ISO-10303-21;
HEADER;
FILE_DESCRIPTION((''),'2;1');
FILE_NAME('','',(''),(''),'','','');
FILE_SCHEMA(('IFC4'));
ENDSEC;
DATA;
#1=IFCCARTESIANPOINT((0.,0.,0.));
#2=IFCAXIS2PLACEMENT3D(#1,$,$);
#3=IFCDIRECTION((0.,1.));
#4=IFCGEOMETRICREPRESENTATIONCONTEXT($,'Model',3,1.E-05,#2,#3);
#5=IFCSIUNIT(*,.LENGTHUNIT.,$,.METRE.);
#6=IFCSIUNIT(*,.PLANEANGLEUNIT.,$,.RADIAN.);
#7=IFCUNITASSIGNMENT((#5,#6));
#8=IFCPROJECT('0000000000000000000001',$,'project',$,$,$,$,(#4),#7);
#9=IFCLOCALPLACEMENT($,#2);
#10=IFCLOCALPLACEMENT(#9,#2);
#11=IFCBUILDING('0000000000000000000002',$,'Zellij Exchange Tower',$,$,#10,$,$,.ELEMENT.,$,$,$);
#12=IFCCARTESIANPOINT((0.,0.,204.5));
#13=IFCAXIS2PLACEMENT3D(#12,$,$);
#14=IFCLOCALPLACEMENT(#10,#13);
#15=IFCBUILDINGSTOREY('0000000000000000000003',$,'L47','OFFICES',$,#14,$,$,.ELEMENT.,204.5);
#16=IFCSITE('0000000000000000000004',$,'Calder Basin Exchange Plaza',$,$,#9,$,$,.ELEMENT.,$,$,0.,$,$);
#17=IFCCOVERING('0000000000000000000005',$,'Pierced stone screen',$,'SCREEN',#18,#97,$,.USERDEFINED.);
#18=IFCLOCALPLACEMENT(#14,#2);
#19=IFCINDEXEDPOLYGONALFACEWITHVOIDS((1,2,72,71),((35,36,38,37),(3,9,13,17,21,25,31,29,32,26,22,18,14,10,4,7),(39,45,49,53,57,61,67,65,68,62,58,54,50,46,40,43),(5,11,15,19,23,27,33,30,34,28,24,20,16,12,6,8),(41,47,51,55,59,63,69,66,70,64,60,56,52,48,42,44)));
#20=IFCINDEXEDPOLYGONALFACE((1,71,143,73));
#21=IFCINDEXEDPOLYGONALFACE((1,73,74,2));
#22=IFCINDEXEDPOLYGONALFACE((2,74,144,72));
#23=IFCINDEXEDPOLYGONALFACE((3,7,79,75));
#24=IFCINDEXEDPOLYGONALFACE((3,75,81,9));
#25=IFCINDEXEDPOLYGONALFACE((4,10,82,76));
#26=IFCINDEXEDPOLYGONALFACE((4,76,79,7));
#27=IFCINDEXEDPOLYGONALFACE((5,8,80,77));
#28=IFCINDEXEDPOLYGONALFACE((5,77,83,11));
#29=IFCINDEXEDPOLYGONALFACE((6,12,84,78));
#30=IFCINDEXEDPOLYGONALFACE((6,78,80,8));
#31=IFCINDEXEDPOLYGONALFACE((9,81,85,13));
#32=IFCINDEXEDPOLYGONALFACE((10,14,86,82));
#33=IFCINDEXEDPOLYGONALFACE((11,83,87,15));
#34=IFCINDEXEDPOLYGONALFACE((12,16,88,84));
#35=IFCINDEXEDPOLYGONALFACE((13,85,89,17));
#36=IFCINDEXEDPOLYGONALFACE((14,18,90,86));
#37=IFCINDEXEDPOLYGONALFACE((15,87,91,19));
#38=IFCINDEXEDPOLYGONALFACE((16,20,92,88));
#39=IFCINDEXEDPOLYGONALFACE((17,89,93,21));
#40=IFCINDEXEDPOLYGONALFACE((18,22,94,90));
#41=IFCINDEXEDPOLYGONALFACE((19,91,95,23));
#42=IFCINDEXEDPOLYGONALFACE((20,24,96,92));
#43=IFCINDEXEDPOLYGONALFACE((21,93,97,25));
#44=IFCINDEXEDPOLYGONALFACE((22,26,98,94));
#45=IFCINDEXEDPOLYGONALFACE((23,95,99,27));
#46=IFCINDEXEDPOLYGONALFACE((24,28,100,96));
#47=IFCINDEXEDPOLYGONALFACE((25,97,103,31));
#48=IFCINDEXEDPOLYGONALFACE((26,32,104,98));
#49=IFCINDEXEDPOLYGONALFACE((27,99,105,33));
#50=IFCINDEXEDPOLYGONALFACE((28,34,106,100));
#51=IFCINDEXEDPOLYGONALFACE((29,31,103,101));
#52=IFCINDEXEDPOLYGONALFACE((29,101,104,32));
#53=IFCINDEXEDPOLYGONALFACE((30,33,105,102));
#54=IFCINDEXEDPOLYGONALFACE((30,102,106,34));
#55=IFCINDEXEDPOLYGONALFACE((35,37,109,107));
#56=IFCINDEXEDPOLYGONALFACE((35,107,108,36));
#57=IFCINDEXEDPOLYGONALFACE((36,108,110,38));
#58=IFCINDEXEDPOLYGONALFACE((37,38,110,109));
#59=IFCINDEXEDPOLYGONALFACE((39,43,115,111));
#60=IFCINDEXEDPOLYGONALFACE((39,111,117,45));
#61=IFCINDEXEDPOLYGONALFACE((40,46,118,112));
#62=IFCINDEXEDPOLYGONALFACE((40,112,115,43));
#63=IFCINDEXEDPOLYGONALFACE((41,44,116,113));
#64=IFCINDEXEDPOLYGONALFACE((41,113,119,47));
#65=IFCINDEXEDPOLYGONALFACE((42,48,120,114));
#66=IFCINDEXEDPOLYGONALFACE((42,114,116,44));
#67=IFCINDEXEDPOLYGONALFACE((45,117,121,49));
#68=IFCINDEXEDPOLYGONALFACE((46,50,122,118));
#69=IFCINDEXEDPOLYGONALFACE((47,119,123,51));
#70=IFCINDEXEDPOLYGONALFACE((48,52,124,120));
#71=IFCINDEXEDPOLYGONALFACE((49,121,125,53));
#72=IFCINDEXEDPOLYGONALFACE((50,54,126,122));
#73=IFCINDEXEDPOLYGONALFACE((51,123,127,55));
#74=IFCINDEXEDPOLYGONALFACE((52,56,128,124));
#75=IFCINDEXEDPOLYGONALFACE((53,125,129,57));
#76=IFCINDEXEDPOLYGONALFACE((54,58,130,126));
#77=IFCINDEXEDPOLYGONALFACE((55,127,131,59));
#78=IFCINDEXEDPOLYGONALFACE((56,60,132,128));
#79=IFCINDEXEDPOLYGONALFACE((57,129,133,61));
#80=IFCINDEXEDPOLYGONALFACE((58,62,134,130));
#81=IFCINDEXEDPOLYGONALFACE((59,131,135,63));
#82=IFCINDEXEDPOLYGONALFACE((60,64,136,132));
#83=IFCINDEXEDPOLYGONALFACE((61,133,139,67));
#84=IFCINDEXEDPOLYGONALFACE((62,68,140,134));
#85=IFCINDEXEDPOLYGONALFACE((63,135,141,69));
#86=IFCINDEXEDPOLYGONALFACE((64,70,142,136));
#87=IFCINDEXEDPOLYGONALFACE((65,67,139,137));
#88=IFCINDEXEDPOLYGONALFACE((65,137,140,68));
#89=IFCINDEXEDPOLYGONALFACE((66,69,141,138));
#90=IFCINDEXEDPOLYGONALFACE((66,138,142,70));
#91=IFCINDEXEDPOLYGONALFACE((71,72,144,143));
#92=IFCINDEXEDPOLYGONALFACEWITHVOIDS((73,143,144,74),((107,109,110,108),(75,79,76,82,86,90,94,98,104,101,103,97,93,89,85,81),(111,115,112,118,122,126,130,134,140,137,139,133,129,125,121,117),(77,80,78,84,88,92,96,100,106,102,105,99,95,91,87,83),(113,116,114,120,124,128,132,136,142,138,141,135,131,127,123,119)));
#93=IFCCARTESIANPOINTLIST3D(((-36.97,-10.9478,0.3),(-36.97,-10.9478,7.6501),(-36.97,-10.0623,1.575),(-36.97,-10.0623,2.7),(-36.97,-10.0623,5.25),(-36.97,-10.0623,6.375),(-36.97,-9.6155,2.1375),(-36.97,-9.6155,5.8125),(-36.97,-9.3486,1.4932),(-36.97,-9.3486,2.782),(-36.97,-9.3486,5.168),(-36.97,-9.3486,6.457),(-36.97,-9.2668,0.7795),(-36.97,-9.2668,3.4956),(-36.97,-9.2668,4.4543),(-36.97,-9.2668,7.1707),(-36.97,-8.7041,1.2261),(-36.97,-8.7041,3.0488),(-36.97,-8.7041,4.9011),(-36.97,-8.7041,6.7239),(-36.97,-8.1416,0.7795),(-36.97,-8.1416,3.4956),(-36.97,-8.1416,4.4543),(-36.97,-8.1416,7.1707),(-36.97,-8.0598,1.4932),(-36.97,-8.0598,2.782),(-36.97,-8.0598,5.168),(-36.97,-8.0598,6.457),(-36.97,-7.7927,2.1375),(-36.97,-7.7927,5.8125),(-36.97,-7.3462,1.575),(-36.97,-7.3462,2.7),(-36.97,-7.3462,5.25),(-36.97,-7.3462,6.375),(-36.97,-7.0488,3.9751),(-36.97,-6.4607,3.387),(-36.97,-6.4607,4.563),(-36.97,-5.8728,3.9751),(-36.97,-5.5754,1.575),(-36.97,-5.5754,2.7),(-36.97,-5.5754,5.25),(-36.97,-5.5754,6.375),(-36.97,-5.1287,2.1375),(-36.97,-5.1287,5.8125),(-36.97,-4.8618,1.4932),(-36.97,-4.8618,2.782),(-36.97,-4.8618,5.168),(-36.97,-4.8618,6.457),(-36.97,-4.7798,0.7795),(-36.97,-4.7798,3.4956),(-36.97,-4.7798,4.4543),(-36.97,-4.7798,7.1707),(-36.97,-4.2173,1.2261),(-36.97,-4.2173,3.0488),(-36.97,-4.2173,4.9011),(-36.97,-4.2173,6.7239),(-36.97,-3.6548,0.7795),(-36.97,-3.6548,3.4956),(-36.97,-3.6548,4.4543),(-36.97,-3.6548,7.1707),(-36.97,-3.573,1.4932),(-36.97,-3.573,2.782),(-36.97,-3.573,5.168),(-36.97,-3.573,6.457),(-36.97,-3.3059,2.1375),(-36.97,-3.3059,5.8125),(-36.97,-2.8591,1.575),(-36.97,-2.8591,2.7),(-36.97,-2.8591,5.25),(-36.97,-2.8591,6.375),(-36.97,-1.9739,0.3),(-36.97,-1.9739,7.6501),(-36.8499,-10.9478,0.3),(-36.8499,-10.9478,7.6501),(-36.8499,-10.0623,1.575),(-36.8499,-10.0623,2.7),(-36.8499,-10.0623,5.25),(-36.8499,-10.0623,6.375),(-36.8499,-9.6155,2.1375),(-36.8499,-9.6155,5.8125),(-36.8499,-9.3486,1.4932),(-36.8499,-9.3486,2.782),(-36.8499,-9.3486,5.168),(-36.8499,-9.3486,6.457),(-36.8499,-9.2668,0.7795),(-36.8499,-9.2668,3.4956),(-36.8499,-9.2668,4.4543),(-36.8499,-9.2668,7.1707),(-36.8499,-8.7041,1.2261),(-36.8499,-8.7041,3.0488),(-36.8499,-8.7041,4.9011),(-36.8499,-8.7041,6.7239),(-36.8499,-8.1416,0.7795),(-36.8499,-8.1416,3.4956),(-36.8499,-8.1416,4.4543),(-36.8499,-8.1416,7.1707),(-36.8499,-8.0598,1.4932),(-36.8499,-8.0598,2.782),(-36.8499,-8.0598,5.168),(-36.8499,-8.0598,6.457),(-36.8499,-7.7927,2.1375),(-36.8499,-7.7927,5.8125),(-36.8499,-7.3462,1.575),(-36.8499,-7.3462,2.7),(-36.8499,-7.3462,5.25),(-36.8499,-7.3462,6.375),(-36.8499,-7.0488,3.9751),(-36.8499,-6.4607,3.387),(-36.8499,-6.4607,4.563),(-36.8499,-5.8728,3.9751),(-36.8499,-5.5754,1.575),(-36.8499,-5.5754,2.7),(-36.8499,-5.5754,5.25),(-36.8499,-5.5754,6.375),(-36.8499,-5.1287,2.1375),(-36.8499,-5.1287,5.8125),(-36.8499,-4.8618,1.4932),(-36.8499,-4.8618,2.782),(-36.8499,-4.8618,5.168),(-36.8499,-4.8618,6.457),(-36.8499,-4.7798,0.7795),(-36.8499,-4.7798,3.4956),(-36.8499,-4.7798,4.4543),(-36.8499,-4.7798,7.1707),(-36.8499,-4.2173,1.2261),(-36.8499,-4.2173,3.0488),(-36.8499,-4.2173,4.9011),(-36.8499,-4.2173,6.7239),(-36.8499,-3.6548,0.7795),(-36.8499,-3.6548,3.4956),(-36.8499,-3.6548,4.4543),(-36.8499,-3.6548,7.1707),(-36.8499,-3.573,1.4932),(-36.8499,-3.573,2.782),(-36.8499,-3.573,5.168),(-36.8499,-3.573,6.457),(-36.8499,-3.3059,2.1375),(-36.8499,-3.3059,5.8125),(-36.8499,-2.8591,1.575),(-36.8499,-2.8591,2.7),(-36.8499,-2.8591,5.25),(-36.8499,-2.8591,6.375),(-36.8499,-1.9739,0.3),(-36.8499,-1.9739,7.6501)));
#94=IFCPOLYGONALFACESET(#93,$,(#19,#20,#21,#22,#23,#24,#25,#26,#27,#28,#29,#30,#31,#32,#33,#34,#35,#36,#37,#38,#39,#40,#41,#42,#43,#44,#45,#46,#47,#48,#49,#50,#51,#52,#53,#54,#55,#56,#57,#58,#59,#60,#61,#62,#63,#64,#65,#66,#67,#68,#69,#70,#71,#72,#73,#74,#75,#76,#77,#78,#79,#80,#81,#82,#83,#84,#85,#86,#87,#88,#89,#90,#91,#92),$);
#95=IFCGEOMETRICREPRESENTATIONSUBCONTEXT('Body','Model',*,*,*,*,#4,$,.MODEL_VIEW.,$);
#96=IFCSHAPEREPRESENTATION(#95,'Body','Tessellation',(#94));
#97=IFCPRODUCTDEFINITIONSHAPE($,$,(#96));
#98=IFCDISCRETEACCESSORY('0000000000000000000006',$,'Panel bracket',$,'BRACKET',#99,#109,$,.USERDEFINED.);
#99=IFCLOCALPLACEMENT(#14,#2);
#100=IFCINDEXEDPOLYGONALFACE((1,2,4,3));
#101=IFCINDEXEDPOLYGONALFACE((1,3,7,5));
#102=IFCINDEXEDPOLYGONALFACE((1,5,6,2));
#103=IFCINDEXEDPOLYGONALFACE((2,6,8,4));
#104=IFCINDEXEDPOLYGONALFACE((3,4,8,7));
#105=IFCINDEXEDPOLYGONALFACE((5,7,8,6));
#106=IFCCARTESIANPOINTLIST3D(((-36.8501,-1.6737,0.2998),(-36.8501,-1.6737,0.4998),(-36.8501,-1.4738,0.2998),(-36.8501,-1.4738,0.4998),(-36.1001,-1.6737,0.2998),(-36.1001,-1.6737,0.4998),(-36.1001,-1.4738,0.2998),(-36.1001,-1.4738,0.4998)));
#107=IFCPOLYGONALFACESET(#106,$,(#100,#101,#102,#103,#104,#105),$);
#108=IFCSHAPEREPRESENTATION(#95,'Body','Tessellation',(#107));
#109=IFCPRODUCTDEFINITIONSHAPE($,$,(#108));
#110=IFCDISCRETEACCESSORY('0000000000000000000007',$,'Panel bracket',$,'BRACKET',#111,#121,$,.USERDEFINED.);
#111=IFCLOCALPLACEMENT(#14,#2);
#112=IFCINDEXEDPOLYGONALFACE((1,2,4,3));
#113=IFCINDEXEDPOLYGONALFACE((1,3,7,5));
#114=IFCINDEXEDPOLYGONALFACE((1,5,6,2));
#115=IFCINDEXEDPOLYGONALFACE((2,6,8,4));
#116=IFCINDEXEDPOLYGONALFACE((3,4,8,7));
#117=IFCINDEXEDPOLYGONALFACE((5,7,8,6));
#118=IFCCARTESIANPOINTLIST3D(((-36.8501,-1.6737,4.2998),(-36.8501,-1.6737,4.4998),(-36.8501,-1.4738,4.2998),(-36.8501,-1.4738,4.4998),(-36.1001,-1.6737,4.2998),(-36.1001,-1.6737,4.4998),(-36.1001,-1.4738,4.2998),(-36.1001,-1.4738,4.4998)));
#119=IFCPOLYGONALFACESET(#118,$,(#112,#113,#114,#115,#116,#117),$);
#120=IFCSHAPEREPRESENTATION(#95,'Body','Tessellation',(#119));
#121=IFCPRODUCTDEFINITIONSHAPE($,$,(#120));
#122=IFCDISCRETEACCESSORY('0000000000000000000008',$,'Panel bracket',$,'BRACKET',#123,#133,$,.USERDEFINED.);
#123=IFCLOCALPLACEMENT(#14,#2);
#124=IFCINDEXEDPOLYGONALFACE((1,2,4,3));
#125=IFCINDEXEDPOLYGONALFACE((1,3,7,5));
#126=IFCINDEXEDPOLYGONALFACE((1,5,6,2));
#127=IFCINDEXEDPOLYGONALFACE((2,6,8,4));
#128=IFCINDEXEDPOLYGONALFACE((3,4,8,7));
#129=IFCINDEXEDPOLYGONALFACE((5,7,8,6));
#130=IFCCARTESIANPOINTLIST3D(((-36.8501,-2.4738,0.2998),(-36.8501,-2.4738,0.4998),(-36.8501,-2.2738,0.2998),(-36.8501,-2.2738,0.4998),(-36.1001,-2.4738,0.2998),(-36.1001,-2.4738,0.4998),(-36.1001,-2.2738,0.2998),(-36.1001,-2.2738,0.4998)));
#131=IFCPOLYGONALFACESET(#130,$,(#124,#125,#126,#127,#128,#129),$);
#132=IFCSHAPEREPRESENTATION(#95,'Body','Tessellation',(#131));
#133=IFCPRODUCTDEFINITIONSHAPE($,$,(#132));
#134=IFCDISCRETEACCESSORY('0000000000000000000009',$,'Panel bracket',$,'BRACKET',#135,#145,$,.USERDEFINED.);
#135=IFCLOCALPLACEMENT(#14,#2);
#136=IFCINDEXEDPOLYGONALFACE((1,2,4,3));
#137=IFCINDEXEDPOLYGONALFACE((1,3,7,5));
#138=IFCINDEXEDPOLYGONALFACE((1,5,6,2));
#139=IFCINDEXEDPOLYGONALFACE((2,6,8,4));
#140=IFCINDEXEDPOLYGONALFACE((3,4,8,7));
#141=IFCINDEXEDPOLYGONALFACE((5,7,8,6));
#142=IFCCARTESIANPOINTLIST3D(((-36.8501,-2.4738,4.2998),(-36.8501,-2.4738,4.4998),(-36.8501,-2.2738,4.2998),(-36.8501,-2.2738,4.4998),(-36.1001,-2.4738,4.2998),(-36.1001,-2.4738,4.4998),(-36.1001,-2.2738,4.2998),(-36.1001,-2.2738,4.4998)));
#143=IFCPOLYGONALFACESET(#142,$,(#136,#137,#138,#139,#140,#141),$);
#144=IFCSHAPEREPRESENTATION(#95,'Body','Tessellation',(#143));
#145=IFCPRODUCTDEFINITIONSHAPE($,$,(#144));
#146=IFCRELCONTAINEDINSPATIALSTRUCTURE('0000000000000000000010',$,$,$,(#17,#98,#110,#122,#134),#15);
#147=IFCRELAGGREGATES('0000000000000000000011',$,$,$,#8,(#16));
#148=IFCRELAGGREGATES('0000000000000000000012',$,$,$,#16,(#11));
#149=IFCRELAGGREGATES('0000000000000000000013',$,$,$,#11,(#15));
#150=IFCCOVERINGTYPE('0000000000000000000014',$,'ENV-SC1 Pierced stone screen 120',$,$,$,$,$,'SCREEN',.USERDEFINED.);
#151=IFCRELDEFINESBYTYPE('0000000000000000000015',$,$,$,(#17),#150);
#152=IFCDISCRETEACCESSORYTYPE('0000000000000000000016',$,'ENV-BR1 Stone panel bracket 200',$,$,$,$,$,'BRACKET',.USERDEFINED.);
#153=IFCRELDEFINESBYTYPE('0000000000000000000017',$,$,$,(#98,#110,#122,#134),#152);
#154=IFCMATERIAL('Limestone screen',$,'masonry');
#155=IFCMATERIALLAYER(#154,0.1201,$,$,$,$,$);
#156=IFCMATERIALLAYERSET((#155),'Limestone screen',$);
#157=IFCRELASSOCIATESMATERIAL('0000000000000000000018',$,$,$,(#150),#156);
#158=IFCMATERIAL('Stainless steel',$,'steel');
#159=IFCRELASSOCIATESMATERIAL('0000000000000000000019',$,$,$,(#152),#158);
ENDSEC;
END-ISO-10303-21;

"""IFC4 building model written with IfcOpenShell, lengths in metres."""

from ifc_helpers import new_model, si_unit, direction, frame, origin, origin_2d, place, context, subcontext, project, spatial, polyline, rectangle, outline, extrude, material, layer, layer_set, type_object, element, save


model = new_model("IFC4")

# Units and contexts
model_context = context("Model", 3, precision=1e-05, world=origin(), true_north=direction((0.0, 1.0)))
body_context = subcontext(model_context, "Body", "Model", "MODEL_VIEW")
ifc_project = project(units=[si_unit("LENGTHUNIT", "METRE"), si_unit("PLANEANGLEUNIT", "RADIAN")], contexts=[model_context])

# Site, building, storey
site_placement = place(None, origin())
site = spatial("IfcSite", under=ifc_project, at=site_placement, Name="Calder Basin Exchange Plaza", CompositionType="ELEMENT", RefElevation=0.0)
building_placement = place(site_placement, origin())
building = spatial("IfcBuilding", under=site, at=building_placement, Name="Zellij Exchange Tower", CompositionType="ELEMENT")
storey_placement = place(building_placement, frame((0.0, 0.0, 204.5)))
storey = spatial("IfcBuildingStorey", under=building, at=storey_placement, Name="L47", Description="OFFICES", CompositionType="ELEMENT", Elevation=204.5)

# Covering
ifc_material_1 = material(Name="Limestone screen", Category="masonry")
ifc_layer_1 = layer(ifc_material_1, 0.1201)
ifc_layer_set_1 = layer_set([ifc_layer_1], Name="Limestone screen")
covering_type = type_object("IfcCoveringType", Name="ENV-SC1 Pierced stone screen 120", ElementType="SCREEN", PredefinedType="USERDEFINED", material=ifc_layer_set_1)
covering_placement = place(storey_placement, frame((-36.9099, -1.9739, 0.3), z_axis=(0.0, 0.0, 1.0), x_axis=(0.0, -1.0, 0.0)))
element("IfcCovering", 1, at=covering_placement, inside=storey, type_object=covering_type, Name="Pierced stone screen", ObjectType="SCREEN", PredefinedType="USERDEFINED", context=body_context, shape_type="SweptSolid", body=[
    extrude(outline(polyline([(0.0, 0.0), (8.9739, 0.0), (8.9739, 7.3501), (0.0, 7.3501), (0.0, 0.0)]), holes=[polyline([(3.6016, 2.3999), (2.8879, 2.4819), (2.8059, 3.1956), (2.2434, 2.7488), (1.6809, 3.1956), (1.5991, 2.4819), (0.8853, 2.3999), (1.332, 1.8374), (0.8853, 1.2749), (1.5991, 1.1931), (1.6809, 0.4795), (2.2434, 0.926), (2.8059, 0.4795), (2.8879, 1.1931), (3.6016, 1.2749), (3.1548, 1.8374), (3.6016, 2.3999)]), polyline([(3.6016, 6.075), (2.8879, 6.157), (2.8059, 6.8706), (2.2434, 6.4238), (1.6809, 6.8706), (1.5991, 6.157), (0.8853, 6.075), (1.332, 5.5125), (0.8853, 4.95), (1.5991, 4.8679), (1.6809, 4.1543), (2.2434, 4.6011), (2.8059, 4.1543), (2.8879, 4.8679), (3.6016, 4.95), (3.1548, 5.5125), (3.6016, 6.075)]), polyline([(8.0884, 2.3999), (7.3748, 2.4819), (7.293, 3.1956), (6.7302, 2.7488), (6.1677, 3.1956), (6.0859, 2.4819), (5.3723, 2.3999), (5.8188, 1.8374), (5.3723, 1.2749), (6.0859, 1.1931), (6.1677, 0.4795), (6.7302, 0.926), (7.293, 0.4795), (7.3748, 1.1931), (8.0884, 1.2749), (7.6416, 1.8374), (8.0884, 2.3999)]), polyline([(8.0884, 6.075), (7.3748, 6.157), (7.293, 6.8706), (6.7302, 6.4238), (6.1677, 6.8706), (6.0859, 6.157), (5.3723, 6.075), (5.8188, 5.5125), (5.3723, 4.95), (6.0859, 4.8679), (6.1677, 4.1543), (6.7302, 4.6011), (7.293, 4.1543), (7.3748, 4.8679), (8.0884, 4.95), (7.6416, 5.5125), (8.0884, 6.075)]), polyline([(5.075, 3.675), (4.4868, 4.2629), (3.8989, 3.675), (4.4868, 3.0869), (5.075, 3.675)])]), frame((0.0, 0.0601, 0.0), z_axis=(0.0, -1.0, 0.0), x_axis=(1.0, 0.0, 0.0)), (0.0, 0.0, 1.0), 0.1201),
])

# Discrete accessories
ifc_material_2 = material(Name="Stainless steel", Category="steel")
discrete_accessory_type = type_object("IfcDiscreteAccessoryType", Name="ENV-BR1 Stone panel bracket 200", ElementType="BRACKET", PredefinedType="USERDEFINED", material=ifc_material_2)
for number, where, z_axis, x_axis, name in (
    (2, (-36.4751, -1.5737, 0.2998), (0.0, 0.0, 1.0), (0.0, -1.0, 0.0), "Panel bracket"),
    (3, (-36.4751, -1.5737, 4.2998), (0.0, 0.0, 1.0), (0.0, -1.0, 0.0), "Panel bracket"),
    (4, (-36.4751, -2.3738, 0.2998), (0.0, 0.0, 1.0), (0.0, -1.0, 0.0), "Panel bracket"),
    (5, (-36.4751, -2.3738, 4.2998), (0.0, 0.0, 1.0), (0.0, -1.0, 0.0), "Panel bracket"),
):
    element("IfcDiscreteAccessory", number, at=place(storey_placement, frame(where, z_axis=z_axis, x_axis=x_axis)), inside=storey, type_object=discrete_accessory_type, Name=name, ObjectType="BRACKET", PredefinedType="USERDEFINED", context=body_context, shape_type="SweptSolid", body=[
        extrude(rectangle(XDim=0.2, YDim=0.75, at=origin_2d()), origin(), (0.0, 0.0, 1.0), 0.2),
    ])

save(model, "model.ifc")
